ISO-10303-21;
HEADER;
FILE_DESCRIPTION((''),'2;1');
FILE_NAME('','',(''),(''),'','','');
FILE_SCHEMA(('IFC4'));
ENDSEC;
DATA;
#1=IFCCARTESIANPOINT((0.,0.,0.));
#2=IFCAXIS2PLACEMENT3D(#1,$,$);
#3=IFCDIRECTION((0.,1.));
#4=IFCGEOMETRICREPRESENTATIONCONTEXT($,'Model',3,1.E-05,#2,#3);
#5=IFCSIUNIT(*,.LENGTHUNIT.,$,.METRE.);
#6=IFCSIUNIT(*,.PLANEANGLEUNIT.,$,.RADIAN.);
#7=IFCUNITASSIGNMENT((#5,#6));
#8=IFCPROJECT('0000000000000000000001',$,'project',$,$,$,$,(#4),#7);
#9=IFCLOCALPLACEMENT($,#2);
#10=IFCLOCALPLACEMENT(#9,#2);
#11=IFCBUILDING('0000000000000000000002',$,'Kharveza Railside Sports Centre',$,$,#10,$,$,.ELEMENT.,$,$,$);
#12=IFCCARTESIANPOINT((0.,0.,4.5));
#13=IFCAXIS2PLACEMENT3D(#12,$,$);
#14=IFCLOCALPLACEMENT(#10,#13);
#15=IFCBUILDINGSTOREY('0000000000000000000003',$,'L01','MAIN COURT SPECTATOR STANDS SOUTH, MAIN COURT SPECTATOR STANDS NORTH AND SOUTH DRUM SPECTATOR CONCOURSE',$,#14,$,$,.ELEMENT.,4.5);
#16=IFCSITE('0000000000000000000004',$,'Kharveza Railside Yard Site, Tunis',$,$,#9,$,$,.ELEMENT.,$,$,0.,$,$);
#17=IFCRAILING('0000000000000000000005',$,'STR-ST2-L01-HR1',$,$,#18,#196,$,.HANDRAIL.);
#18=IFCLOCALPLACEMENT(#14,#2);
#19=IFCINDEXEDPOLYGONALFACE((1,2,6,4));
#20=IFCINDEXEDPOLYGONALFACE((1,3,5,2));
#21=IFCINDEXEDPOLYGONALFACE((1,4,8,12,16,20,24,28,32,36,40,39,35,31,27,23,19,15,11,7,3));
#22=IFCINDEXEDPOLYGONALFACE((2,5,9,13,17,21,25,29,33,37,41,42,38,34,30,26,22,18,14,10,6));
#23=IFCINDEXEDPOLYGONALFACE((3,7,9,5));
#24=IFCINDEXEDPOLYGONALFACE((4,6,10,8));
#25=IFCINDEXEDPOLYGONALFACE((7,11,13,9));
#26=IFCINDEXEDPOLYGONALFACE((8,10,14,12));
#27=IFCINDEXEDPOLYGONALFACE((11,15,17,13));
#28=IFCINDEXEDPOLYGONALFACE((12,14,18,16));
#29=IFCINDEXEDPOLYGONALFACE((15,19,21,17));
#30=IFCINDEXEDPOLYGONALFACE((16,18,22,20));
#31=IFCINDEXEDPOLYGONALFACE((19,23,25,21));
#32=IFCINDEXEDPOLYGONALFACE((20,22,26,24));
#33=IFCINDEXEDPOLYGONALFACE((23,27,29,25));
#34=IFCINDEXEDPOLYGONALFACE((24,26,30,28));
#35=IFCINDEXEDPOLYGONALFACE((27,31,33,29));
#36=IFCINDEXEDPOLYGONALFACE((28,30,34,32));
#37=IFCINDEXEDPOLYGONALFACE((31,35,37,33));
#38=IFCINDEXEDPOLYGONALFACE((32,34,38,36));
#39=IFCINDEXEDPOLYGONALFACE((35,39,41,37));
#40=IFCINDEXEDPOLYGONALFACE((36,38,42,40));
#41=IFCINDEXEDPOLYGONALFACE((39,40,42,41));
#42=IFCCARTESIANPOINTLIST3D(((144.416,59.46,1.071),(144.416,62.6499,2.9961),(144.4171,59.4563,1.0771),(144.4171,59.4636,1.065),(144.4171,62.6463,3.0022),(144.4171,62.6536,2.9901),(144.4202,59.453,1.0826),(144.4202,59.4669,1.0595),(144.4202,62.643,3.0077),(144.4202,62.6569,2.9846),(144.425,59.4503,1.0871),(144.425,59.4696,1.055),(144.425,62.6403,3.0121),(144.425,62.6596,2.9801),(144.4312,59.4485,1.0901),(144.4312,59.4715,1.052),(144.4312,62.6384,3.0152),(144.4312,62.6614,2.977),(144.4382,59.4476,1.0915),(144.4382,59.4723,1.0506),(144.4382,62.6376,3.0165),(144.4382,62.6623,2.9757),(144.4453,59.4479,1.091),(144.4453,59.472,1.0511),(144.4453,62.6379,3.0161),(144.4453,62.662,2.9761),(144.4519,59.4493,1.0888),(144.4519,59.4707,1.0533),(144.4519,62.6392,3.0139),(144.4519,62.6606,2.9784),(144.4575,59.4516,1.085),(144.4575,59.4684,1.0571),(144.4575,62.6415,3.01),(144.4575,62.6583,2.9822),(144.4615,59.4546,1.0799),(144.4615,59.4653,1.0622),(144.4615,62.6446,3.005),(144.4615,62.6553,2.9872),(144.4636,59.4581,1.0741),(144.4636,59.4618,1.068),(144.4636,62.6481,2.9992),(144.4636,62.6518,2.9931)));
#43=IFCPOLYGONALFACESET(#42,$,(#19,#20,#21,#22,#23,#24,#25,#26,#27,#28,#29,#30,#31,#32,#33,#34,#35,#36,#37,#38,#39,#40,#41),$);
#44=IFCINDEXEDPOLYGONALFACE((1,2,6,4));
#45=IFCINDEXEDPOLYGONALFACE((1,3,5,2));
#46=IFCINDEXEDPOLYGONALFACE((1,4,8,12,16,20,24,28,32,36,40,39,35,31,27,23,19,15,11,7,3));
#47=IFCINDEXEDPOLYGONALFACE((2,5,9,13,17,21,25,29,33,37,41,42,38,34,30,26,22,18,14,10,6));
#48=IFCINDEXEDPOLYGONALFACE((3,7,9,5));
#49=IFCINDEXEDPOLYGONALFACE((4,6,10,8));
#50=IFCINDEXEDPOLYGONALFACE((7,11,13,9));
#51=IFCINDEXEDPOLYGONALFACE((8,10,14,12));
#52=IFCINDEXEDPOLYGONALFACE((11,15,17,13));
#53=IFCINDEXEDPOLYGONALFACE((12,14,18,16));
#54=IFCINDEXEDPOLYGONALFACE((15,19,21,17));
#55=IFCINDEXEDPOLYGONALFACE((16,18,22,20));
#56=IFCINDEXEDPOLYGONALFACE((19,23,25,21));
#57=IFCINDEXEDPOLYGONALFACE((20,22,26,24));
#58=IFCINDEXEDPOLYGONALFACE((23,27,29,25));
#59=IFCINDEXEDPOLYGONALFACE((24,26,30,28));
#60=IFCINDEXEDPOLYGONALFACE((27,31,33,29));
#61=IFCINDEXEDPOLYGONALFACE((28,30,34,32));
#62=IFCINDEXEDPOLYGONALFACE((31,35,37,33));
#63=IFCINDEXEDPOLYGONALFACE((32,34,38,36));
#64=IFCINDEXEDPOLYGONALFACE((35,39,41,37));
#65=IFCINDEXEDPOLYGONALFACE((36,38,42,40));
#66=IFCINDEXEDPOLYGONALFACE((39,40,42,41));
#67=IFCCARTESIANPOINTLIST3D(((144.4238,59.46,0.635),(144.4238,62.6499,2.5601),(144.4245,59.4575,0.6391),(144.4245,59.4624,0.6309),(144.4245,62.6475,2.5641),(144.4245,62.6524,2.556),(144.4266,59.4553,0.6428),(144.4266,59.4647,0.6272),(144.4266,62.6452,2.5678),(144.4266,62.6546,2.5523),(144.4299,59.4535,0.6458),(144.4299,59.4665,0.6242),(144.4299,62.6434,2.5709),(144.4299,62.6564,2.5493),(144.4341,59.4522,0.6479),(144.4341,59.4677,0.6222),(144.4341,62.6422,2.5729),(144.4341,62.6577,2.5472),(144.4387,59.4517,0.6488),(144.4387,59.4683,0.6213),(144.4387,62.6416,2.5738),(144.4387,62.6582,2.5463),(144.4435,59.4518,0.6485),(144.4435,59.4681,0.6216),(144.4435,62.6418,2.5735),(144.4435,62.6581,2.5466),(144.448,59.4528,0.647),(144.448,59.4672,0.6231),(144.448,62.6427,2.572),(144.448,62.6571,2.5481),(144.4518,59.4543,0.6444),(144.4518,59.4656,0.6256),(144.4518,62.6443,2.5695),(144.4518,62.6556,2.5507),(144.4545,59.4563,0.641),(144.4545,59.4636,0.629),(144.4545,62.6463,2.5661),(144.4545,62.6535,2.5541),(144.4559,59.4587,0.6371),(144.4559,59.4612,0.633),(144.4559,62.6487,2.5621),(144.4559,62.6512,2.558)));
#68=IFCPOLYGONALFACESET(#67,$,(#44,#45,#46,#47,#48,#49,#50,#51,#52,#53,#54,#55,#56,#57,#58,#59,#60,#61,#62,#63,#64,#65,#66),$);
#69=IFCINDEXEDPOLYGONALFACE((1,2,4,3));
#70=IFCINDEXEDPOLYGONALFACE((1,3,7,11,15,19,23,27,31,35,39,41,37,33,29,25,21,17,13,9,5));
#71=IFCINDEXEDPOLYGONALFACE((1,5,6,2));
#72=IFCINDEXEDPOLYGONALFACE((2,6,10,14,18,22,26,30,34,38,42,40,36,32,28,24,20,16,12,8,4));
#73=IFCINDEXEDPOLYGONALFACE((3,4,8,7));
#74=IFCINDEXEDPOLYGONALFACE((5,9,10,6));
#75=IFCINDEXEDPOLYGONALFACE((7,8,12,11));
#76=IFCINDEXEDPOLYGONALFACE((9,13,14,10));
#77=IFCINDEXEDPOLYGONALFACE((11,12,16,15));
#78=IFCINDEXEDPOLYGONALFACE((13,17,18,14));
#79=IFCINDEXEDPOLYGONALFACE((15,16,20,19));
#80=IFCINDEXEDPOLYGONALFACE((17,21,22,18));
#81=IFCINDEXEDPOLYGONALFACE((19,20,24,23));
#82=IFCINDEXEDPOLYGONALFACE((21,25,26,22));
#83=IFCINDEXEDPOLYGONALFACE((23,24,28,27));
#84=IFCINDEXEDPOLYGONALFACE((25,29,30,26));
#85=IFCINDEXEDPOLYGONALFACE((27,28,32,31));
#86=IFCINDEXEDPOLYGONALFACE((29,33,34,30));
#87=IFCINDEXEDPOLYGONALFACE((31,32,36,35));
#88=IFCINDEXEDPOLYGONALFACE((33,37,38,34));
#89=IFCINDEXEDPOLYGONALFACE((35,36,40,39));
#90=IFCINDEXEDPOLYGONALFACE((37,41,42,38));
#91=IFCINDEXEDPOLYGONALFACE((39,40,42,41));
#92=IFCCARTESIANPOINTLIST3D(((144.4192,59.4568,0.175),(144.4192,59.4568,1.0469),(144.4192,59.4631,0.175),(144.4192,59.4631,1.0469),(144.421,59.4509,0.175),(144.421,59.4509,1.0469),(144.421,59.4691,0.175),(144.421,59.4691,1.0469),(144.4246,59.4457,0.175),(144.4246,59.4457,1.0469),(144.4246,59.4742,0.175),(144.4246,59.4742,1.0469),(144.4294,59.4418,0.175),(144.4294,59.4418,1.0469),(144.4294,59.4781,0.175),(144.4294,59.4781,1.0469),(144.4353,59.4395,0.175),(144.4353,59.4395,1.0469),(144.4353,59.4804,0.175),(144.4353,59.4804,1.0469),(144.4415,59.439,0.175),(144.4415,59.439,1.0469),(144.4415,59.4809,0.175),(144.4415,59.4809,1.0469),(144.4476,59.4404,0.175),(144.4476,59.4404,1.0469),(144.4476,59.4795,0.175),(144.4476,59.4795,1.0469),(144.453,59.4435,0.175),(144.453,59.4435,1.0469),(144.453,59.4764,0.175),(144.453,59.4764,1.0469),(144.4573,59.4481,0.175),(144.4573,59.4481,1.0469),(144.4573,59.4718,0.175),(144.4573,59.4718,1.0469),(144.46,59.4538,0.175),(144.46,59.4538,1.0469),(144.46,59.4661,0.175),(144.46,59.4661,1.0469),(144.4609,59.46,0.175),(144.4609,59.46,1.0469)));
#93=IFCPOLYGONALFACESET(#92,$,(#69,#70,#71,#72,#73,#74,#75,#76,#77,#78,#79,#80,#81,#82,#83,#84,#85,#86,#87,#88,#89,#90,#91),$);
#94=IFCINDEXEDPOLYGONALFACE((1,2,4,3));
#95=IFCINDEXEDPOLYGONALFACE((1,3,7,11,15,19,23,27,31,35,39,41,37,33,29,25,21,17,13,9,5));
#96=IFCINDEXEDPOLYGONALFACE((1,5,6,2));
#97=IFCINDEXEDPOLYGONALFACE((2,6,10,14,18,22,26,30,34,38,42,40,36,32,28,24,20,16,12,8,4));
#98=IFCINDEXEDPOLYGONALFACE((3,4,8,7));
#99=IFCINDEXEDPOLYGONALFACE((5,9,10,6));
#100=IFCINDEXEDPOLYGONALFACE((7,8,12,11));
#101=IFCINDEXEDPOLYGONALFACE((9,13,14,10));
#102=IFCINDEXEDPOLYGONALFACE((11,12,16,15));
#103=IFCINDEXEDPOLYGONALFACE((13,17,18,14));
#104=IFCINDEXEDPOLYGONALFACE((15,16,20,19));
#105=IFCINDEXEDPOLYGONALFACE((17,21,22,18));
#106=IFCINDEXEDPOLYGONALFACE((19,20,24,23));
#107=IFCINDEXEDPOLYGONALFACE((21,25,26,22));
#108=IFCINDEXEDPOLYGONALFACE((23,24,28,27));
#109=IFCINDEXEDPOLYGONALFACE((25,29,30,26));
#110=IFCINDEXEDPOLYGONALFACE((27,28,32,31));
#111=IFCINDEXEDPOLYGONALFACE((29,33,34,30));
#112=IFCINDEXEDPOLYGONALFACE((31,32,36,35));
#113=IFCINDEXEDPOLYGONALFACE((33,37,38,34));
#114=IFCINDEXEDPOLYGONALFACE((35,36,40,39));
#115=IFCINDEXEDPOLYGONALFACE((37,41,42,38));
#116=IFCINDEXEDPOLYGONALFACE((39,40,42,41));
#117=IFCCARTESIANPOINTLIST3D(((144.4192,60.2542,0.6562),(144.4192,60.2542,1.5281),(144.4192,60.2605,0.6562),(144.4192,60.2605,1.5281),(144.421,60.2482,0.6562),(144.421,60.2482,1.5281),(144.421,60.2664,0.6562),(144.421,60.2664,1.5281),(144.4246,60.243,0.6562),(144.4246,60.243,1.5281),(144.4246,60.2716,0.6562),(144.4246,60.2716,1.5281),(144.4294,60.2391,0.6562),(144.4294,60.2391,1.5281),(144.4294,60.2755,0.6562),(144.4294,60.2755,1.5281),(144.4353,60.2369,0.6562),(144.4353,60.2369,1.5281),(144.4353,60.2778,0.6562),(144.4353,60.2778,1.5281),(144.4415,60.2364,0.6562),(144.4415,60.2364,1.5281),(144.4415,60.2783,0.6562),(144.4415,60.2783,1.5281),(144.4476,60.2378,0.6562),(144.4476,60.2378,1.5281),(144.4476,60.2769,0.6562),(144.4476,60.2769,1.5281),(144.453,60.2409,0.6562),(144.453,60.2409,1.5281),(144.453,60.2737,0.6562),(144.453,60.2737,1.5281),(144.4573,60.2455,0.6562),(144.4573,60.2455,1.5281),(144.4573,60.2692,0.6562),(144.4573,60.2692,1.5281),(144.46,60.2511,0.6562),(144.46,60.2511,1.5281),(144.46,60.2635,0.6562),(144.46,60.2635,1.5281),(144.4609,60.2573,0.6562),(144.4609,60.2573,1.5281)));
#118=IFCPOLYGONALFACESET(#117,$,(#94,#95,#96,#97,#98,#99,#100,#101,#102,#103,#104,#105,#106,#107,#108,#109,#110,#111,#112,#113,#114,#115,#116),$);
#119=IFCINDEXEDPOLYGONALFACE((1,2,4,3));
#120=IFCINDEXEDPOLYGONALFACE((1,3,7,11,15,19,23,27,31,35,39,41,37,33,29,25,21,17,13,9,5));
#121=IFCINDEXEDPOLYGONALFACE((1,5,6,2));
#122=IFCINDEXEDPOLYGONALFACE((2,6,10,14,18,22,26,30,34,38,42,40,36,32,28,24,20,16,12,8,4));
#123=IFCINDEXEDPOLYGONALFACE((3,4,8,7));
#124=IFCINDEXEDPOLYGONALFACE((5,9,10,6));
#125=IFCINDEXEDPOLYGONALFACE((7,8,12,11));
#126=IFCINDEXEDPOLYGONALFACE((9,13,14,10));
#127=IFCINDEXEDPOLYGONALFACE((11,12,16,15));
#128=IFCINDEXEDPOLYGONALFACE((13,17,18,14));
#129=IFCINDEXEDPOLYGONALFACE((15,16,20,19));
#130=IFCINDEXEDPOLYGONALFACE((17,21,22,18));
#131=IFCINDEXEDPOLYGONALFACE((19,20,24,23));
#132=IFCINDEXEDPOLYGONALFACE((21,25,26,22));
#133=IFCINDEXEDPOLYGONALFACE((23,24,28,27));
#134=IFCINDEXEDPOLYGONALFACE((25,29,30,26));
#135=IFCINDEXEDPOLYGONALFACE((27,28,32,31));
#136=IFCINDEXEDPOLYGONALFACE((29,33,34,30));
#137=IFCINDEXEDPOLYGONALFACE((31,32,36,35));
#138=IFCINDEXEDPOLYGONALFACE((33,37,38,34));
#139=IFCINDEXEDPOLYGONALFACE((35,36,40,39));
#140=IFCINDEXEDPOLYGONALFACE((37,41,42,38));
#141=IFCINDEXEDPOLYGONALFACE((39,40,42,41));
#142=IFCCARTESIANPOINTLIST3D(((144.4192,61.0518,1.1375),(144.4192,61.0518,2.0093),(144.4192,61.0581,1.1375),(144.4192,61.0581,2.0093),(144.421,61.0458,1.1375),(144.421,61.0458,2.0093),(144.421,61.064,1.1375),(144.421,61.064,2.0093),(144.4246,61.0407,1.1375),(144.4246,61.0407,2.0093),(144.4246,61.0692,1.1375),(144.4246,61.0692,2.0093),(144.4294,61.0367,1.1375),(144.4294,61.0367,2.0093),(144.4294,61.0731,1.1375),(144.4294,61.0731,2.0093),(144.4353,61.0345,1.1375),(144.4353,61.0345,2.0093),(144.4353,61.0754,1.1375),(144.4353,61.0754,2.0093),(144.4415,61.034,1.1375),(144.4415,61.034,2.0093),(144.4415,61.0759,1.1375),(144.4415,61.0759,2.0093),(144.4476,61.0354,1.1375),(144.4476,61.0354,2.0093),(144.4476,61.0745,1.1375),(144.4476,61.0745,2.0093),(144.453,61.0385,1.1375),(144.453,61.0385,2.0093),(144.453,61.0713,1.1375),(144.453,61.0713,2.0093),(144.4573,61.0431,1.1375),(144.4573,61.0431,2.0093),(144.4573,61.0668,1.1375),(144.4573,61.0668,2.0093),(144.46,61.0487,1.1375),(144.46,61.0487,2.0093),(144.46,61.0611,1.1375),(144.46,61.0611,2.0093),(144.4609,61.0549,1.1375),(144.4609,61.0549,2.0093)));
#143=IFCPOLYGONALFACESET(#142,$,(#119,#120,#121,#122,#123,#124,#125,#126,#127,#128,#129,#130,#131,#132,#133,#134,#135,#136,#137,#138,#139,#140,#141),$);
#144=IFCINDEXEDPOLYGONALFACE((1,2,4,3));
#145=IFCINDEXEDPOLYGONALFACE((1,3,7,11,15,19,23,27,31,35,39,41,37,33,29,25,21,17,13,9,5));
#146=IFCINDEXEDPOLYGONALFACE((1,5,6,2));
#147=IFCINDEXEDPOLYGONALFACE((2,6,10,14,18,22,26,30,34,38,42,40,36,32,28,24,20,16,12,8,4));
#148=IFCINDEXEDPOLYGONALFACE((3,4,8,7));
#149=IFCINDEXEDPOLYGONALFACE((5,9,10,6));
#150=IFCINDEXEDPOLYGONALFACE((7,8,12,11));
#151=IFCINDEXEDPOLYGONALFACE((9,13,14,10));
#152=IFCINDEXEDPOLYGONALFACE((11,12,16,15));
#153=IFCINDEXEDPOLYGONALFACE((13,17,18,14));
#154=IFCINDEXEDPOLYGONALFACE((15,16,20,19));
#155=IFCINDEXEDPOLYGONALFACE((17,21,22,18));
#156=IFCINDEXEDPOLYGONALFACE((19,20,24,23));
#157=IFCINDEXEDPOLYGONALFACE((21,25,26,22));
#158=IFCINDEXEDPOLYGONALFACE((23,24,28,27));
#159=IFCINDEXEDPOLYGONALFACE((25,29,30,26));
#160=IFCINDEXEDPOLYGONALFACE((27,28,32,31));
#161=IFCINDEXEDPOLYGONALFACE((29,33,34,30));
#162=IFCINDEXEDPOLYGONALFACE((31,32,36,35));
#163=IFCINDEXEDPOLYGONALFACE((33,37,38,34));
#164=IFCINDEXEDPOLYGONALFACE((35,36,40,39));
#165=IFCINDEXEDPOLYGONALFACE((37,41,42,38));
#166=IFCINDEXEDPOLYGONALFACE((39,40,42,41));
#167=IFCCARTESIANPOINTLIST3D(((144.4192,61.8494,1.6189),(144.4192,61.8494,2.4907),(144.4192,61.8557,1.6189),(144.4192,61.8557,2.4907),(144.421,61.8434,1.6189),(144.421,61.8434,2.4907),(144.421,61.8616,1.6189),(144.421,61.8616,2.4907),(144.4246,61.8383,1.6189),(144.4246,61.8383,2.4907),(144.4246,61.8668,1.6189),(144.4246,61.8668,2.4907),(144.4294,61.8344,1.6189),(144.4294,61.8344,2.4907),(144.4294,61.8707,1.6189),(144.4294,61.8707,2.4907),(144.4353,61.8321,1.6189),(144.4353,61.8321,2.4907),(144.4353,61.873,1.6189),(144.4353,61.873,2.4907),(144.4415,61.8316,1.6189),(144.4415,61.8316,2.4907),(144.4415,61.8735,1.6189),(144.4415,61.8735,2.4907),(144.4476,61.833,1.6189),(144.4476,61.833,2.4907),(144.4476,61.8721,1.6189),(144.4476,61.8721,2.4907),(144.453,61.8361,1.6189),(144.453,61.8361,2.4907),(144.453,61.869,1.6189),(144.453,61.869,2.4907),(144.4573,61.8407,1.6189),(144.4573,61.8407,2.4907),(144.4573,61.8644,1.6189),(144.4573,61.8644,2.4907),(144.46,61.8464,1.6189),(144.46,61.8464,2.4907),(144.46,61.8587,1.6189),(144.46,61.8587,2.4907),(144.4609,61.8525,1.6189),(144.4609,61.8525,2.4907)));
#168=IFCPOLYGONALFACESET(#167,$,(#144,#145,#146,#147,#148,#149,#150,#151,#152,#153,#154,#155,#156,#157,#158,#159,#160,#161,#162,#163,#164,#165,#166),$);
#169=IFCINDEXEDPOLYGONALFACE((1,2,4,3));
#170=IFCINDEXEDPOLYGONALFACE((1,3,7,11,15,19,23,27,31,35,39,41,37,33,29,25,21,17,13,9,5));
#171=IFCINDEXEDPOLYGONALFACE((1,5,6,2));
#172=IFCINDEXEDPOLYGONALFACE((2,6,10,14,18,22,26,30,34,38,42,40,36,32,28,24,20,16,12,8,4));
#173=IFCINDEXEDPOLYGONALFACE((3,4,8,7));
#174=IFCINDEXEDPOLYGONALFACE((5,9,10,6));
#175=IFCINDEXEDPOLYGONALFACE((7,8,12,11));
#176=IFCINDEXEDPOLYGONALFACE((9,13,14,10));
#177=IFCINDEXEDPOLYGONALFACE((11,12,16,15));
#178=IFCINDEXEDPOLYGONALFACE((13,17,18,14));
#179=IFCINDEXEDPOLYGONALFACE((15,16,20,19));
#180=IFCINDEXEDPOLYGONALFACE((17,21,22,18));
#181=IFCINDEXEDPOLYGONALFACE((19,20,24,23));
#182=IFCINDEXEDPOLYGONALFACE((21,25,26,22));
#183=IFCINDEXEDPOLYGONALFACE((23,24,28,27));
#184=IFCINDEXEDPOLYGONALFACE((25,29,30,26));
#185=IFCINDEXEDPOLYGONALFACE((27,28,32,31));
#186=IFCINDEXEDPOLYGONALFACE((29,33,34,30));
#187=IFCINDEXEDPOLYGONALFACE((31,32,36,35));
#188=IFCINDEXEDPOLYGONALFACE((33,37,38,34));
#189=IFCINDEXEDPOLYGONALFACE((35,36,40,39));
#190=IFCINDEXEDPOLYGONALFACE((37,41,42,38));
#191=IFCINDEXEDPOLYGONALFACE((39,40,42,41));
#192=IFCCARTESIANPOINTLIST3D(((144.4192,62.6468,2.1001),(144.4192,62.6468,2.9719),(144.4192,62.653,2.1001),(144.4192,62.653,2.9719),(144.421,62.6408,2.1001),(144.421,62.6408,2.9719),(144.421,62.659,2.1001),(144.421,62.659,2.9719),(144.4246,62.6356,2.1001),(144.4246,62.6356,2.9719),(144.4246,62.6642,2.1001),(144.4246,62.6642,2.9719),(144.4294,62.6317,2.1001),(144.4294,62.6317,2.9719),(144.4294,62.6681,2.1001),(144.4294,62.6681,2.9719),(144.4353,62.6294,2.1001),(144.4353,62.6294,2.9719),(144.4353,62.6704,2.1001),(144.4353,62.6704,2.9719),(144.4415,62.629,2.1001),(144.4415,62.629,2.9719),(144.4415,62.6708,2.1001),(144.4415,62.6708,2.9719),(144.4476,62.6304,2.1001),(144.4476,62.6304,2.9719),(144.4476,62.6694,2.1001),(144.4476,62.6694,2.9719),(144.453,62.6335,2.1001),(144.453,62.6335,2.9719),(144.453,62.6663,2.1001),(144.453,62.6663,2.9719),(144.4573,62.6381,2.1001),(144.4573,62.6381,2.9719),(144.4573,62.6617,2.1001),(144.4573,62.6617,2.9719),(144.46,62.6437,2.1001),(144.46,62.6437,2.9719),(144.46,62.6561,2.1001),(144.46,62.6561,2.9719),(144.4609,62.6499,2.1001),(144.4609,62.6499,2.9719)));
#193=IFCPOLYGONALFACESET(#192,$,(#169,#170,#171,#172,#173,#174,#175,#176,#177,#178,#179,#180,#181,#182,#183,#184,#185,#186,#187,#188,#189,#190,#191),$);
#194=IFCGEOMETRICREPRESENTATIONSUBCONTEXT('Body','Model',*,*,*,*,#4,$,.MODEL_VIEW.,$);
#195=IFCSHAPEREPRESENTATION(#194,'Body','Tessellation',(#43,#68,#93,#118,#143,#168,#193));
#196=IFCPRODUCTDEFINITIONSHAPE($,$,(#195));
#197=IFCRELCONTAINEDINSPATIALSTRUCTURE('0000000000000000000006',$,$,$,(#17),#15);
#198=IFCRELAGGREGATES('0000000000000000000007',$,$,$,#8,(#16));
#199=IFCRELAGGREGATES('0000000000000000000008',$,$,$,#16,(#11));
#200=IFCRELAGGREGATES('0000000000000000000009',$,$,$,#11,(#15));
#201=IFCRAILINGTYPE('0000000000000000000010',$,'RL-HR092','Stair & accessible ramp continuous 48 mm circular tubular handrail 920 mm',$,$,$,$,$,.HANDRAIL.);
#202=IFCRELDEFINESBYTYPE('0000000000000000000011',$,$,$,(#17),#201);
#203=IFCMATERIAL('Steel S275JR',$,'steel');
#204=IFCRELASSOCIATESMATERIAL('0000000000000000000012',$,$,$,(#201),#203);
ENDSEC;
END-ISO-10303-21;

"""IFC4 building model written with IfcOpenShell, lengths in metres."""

from ifc_helpers import new_model, si_unit, direction, frame, origin, origin_2d, place, context, subcontext, project, spatial, circle, extrude, material, type_object, element, save


model = new_model("IFC4")

# Units and contexts
model_context = context("Model", 3, precision=1e-05, world=origin(), true_north=direction((0.0, 1.0)))
body_context = subcontext(model_context, "Body", "Model", "MODEL_VIEW")
ifc_project = project(units=[si_unit("LENGTHUNIT", "METRE"), si_unit("PLANEANGLEUNIT", "RADIAN")], contexts=[model_context])

# Site, building, storey
site_placement = place(None, origin())
site = spatial("IfcSite", under=ifc_project, at=site_placement, Name="Kharveza Railside Yard Site, Tunis", CompositionType="ELEMENT", RefElevation=0.0)
building_placement = place(site_placement, origin())
building = spatial("IfcBuilding", under=site, at=building_placement, Name="Kharveza Railside Sports Centre", CompositionType="ELEMENT")
storey_placement = place(building_placement, frame((0.0, 0.0, 4.5)))
storey = spatial("IfcBuildingStorey", under=building, at=storey_placement, Name="L01", Description="MAIN COURT SPECTATOR STANDS SOUTH, MAIN COURT SPECTATOR STANDS NORTH AND SOUTH DRUM SPECTATOR CONCOURSE", CompositionType="ELEMENT", Elevation=4.5)

# Railing
ifc_material_1 = material(Name="Steel S275JR", Category="steel")
railing_type_1 = type_object("IfcRailingType", Name="RL-HR092", Description="Stair & accessible ramp continuous 48 mm circular tubular handrail 920 mm", PredefinedType="HANDRAIL", material=ifc_material_1)
railing_1_placement = place(storey_placement, frame((144.4399, 59.46, 0.175)))
element("IfcRailing", 1, at=railing_1_placement, inside=storey, type_object=railing_type_1, Name="STR-ST2-L01-HR1", PredefinedType="HANDRAIL", context=body_context, shape_type="SweptSolid", body=[
    extrude(circle(Radius=0.0239, at=origin_2d()), frame((0.0, 0.0, 0.896), z_axis=(0.0, 0.856178, 0.516682), x_axis=(-1.0, 0.0, 0.0)), (0.0, 0.0, 1.0), 3.7258),
    extrude(circle(Radius=0.0161, at=origin_2d()), frame((0.0, 0.0, 0.46), z_axis=(0.0, 0.856178, 0.516682), x_axis=(-1.0, 0.0, 0.0)), (0.0, 0.0, 1.0), 3.7258),
    extrude(circle(Radius=0.021, at=origin_2d()), origin(), (0.0, 0.0, 1.0), 0.8718),
    extrude(circle(Radius=0.021, at=origin_2d()), frame((0.0, 0.7974, 0.4812)), (0.0, 0.0, 1.0), 0.8718),
    extrude(circle(Radius=0.021, at=origin_2d()), frame((0.0, 1.595, 0.9624)), (0.0, 0.0, 1.0), 0.8718),
    extrude(circle(Radius=0.021, at=origin_2d()), frame((0.0, 2.3926, 1.4438)), (0.0, 0.0, 1.0), 0.8718),
    extrude(circle(Radius=0.021, at=origin_2d()), frame((0.0, 3.1899, 1.925)), (0.0, 0.0, 1.0), 0.8718),
])

save(model, "model.ifc")
